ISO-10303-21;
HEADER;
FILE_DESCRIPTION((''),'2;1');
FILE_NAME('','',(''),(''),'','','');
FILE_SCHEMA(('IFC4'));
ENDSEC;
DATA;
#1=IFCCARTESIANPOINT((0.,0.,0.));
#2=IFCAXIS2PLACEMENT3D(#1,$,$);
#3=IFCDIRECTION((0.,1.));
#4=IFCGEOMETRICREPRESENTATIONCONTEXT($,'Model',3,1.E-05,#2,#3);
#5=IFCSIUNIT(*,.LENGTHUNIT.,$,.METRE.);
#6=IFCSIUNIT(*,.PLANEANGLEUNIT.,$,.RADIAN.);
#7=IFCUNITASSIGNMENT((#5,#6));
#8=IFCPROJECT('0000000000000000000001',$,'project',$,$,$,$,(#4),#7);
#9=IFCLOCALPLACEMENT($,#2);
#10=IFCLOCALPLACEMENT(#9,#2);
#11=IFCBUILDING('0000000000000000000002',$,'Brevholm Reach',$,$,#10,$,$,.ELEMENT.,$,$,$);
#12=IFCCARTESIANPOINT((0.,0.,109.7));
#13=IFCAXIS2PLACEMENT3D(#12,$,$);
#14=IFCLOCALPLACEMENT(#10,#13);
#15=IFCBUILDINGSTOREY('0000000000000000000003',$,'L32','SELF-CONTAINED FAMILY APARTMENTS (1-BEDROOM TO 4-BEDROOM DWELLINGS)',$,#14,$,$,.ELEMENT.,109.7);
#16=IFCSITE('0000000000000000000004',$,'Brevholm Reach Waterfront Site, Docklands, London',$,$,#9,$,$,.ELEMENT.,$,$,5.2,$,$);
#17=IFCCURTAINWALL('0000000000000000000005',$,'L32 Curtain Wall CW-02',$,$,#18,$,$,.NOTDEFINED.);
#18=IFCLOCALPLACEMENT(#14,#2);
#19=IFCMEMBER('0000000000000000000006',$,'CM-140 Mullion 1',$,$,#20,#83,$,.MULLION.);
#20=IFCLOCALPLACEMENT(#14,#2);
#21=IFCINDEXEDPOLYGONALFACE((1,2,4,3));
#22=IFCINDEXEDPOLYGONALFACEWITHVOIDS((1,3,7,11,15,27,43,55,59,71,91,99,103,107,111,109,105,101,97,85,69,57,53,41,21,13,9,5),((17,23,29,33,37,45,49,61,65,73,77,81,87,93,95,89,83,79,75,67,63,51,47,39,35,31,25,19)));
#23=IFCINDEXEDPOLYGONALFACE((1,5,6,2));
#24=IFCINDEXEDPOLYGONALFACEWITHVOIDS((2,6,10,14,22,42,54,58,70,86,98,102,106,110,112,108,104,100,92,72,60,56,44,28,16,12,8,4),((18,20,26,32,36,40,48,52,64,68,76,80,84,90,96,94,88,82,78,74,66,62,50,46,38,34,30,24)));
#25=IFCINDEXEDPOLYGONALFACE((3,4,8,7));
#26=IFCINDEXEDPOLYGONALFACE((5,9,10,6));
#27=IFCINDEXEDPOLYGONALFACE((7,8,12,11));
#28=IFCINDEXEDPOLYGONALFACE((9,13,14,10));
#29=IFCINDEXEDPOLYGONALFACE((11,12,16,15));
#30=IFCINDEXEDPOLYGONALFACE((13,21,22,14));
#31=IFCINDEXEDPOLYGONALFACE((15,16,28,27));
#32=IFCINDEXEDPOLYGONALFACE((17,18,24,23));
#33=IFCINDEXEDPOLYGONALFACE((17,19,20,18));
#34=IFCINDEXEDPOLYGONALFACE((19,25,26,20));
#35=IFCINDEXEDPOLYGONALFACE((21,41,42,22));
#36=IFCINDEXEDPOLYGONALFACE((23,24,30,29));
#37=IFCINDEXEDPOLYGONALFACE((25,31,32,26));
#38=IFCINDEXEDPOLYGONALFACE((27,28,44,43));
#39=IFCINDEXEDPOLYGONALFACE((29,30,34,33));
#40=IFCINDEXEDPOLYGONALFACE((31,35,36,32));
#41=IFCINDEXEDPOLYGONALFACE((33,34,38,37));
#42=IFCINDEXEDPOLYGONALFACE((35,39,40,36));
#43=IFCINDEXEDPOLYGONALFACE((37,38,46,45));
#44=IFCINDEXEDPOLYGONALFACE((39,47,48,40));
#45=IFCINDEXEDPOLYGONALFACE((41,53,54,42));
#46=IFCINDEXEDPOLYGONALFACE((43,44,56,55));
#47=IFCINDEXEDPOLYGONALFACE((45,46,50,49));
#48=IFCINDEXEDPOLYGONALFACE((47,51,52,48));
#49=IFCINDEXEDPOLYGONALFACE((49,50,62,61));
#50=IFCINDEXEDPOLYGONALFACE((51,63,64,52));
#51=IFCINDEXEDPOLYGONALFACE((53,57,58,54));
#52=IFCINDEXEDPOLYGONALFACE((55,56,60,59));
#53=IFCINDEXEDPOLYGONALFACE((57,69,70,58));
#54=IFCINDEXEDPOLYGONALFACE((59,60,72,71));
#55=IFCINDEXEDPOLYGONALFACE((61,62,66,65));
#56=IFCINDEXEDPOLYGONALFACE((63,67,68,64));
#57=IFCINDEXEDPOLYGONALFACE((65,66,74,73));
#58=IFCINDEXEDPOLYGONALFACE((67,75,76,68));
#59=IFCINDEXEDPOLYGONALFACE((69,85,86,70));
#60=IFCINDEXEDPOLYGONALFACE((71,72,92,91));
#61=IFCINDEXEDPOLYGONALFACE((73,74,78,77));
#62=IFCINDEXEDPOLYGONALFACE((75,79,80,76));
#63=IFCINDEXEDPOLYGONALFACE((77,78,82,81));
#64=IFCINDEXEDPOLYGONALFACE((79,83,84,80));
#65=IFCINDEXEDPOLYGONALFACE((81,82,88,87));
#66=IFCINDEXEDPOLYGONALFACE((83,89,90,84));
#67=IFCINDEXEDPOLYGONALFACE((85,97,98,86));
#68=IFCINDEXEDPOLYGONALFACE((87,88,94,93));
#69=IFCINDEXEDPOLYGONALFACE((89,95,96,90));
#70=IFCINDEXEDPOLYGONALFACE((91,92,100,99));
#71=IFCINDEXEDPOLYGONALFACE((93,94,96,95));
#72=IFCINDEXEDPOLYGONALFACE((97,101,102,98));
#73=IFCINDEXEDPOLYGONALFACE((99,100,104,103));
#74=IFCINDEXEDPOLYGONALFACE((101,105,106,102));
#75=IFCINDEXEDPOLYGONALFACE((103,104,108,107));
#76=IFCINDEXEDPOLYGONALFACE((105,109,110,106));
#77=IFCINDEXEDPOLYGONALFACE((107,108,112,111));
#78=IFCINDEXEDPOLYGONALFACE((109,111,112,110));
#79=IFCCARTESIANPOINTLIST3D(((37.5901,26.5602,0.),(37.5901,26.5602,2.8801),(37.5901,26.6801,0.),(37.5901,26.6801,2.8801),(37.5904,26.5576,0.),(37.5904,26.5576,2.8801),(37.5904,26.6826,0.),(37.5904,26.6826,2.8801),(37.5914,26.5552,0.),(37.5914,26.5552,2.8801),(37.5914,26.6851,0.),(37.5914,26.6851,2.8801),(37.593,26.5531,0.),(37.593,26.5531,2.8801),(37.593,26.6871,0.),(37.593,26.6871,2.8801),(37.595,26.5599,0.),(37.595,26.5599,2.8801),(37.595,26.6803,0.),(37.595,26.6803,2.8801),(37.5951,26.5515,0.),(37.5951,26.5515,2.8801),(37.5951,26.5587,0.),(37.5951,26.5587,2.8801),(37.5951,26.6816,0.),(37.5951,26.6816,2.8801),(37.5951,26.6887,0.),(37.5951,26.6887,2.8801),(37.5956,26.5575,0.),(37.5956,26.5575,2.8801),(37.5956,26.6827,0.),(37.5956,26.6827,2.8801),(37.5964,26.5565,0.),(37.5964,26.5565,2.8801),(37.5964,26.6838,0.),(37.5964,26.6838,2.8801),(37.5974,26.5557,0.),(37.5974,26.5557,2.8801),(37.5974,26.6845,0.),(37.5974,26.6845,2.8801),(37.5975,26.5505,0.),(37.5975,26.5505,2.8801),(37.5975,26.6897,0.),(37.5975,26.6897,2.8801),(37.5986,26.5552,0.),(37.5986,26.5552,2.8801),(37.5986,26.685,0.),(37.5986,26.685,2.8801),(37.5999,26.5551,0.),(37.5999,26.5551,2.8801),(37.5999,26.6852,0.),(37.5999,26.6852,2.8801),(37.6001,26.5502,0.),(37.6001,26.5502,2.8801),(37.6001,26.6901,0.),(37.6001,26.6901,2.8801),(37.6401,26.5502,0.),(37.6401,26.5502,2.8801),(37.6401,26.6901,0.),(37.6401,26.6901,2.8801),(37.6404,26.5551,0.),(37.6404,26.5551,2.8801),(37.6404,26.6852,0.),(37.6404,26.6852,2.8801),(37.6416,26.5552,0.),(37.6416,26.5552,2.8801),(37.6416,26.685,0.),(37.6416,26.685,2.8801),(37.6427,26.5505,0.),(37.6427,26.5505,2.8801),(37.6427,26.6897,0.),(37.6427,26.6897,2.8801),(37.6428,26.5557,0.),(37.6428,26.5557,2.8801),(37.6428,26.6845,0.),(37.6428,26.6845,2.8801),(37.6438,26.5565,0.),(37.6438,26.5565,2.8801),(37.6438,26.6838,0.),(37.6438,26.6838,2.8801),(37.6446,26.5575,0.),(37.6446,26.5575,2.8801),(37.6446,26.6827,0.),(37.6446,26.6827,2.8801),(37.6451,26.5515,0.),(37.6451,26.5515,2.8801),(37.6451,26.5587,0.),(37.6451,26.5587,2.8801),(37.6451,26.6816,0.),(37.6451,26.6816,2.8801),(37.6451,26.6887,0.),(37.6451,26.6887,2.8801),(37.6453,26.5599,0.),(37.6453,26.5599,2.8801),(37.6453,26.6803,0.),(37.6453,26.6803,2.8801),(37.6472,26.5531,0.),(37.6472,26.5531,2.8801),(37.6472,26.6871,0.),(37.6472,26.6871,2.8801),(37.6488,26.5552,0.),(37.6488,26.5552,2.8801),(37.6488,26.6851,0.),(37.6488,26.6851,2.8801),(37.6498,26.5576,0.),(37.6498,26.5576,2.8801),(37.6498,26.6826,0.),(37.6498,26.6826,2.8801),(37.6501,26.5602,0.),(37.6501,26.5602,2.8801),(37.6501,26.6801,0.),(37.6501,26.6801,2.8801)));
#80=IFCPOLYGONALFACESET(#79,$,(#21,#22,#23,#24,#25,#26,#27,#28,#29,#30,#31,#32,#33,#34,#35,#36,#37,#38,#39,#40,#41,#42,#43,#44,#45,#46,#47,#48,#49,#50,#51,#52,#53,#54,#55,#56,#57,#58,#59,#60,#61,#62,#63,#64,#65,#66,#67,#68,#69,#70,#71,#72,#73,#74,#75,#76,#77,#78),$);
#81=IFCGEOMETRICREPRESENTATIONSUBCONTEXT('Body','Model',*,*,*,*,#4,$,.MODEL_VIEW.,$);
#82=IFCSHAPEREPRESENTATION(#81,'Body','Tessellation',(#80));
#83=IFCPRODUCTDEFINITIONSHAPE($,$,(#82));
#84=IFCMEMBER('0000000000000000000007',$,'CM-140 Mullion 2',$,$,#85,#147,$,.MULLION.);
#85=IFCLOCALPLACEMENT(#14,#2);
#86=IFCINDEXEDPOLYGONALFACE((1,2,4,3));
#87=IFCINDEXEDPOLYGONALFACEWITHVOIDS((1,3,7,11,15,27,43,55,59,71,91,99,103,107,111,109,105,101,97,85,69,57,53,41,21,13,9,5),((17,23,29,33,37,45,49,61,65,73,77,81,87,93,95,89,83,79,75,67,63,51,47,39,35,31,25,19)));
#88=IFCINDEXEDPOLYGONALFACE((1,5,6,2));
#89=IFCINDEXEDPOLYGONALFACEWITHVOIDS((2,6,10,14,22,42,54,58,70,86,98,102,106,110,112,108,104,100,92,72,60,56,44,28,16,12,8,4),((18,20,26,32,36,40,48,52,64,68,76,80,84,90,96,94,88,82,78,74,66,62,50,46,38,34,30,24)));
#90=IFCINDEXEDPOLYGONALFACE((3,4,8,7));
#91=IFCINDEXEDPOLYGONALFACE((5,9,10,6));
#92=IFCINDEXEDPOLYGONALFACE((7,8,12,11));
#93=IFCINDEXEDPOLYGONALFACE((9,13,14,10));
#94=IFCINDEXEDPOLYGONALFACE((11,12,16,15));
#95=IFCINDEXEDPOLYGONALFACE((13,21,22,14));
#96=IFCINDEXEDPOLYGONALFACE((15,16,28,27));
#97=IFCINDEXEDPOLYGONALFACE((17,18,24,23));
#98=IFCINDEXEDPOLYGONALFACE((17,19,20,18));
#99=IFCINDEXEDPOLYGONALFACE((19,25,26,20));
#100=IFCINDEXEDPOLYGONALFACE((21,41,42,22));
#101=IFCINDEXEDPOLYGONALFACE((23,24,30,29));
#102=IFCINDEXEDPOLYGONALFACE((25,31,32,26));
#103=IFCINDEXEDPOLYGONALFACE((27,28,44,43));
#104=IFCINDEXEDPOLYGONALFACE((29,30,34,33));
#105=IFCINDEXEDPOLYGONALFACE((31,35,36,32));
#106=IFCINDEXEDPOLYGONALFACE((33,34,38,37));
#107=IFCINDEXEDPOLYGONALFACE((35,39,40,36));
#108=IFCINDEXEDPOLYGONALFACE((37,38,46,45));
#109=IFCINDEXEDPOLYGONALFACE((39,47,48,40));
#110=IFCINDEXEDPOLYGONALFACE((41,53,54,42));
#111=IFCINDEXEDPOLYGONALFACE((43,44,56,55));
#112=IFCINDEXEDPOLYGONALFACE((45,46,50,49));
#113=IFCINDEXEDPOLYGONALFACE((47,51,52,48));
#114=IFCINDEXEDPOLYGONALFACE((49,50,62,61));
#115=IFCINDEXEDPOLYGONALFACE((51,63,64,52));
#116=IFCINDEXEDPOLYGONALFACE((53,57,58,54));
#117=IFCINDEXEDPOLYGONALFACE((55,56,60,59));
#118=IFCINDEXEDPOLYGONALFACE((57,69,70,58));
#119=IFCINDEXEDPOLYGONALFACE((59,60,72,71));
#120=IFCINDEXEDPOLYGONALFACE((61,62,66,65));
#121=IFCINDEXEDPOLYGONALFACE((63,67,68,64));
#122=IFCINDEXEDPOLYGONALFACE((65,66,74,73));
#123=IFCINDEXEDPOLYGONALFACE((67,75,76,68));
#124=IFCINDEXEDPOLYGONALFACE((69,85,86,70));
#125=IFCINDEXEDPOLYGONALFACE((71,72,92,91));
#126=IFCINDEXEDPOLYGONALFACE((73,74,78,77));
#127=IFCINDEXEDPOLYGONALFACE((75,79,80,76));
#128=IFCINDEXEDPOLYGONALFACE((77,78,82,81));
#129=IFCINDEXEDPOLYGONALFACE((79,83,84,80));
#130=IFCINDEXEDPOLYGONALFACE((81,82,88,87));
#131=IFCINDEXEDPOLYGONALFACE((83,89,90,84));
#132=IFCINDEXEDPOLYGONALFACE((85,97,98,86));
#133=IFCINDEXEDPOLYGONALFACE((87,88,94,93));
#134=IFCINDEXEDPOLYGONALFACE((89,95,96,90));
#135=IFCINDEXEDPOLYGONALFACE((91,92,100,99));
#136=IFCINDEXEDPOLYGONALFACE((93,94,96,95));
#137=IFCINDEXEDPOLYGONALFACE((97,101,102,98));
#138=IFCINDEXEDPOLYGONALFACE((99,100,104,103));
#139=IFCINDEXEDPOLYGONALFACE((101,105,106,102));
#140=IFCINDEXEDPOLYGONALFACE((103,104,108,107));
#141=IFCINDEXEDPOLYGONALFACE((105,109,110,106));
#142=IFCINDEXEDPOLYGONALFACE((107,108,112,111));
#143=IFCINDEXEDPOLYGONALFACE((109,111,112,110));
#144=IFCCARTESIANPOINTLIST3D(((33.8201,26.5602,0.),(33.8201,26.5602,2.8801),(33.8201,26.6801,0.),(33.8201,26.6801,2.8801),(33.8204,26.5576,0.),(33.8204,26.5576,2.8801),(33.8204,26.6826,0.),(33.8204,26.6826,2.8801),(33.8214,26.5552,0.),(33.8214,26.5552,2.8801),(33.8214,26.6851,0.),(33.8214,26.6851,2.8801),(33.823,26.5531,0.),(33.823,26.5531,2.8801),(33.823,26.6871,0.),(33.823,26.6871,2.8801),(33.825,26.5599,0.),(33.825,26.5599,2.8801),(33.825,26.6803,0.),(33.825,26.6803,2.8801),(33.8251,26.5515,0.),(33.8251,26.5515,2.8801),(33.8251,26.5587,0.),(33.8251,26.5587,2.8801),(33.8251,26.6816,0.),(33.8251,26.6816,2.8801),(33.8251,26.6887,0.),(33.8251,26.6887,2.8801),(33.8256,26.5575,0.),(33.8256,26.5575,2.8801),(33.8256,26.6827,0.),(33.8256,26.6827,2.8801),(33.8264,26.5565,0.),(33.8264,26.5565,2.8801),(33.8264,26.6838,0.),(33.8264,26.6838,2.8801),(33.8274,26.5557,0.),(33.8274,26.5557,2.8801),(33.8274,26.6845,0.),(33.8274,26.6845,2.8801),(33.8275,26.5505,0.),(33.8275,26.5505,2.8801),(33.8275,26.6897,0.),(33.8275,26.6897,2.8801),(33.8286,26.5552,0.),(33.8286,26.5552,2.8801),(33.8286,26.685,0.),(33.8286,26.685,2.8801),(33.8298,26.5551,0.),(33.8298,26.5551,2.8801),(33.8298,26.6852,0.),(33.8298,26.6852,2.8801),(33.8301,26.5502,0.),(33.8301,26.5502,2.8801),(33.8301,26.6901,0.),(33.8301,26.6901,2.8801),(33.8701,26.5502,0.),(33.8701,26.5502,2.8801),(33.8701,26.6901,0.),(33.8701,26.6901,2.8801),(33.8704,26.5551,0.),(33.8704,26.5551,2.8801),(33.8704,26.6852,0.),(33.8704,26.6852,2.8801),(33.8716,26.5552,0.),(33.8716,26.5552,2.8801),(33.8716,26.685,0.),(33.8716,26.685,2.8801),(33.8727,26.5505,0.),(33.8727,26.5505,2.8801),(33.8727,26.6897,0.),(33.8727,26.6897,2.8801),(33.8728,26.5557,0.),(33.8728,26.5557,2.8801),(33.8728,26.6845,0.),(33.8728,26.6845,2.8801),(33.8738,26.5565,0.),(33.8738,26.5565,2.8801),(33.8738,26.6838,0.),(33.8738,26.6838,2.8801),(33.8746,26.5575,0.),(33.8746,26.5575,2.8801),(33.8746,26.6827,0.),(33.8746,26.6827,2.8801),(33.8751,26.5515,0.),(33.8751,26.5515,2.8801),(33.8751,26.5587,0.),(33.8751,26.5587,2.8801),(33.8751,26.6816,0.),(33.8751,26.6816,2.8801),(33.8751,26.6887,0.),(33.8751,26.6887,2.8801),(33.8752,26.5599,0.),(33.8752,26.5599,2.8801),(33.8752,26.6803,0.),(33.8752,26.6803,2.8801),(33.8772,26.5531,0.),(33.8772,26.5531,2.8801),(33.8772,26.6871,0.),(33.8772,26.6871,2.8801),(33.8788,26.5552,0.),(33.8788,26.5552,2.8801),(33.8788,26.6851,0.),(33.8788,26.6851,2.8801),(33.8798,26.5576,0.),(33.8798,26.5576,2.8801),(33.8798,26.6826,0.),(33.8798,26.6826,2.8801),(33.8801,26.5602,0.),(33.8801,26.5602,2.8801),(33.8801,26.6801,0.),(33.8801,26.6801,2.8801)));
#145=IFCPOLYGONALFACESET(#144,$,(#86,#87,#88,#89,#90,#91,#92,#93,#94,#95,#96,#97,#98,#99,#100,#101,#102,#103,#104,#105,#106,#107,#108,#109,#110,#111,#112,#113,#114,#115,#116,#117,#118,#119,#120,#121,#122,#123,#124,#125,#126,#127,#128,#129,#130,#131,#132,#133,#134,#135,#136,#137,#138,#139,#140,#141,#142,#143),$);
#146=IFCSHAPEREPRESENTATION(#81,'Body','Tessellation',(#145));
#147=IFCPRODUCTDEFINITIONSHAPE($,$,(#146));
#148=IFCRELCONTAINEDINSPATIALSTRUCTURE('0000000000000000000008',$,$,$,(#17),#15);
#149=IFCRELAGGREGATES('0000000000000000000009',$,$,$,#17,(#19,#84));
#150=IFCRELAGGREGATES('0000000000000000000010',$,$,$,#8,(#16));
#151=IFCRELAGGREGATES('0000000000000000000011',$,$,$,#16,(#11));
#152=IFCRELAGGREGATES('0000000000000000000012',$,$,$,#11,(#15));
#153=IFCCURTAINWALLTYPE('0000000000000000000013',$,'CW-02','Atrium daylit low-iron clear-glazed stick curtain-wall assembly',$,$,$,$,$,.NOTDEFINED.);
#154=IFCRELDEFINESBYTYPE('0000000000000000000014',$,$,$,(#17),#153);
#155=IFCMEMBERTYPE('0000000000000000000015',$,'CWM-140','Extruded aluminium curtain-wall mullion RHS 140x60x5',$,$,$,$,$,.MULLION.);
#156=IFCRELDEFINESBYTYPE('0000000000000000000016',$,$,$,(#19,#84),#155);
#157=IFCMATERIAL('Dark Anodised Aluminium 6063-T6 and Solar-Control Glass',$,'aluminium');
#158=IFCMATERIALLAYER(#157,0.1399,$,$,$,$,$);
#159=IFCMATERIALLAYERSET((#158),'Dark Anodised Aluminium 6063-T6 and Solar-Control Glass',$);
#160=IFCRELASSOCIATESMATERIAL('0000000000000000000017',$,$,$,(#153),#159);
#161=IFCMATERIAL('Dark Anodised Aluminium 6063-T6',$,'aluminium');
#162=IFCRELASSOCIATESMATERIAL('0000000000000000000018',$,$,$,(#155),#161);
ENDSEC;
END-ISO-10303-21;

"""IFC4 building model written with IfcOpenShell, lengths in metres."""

from ifc_helpers import new_model, si_unit, direction, frame, origin, origin_2d, place, context, subcontext, project, spatial, hollow_rectangle, extrude, material, layer, layer_set, material_profile, profile_set, type_object, element, aggregate, save


model = new_model("IFC4")

# Units and contexts
model_context = context("Model", 3, precision=1e-05, world=origin(), true_north=direction((0.0, 1.0)))
body_context = subcontext(model_context, "Body", "Model", "MODEL_VIEW")
ifc_project = project(units=[si_unit("LENGTHUNIT", "METRE"), si_unit("PLANEANGLEUNIT", "RADIAN")], contexts=[model_context])

# Site, building, storey
site_placement = place(None, origin())
site = spatial("IfcSite", under=ifc_project, at=site_placement, Name="Brevholm Reach Waterfront Site, Docklands, London", CompositionType="ELEMENT", RefElevation=5.2)
building_placement = place(site_placement, origin())
building = spatial("IfcBuilding", under=site, at=building_placement, Name="Brevholm Reach", CompositionType="ELEMENT")
storey_placement = place(building_placement, frame((0.0, 0.0, 109.7)))
storey = spatial("IfcBuildingStorey", under=building, at=storey_placement, Name="L32", Description="SELF-CONTAINED FAMILY APARTMENTS (1-BEDROOM TO 4-BEDROOM DWELLINGS)", CompositionType="ELEMENT", Elevation=109.7)

# Curtain wall, members
ifc_material_1 = material(Name="Dark Anodised Aluminium 6063-T6 and Solar-Control Glass", Category="aluminium")
ifc_layer_1 = layer(ifc_material_1, 0.1399)
ifc_layer_set_1 = layer_set([ifc_layer_1], Name="Dark Anodised Aluminium 6063-T6 and Solar-Control Glass")
curtain_wall_type_1 = type_object("IfcCurtainWallType", Name="CW-02", Description="Atrium daylit low-iron clear-glazed stick curtain-wall assembly", PredefinedType="NOTDEFINED", material=ifc_layer_set_1)
curtain_wall_1_placement = place(storey_placement, origin())
curtain_wall_1 = element("IfcCurtainWall", 1, at=curtain_wall_1_placement, inside=storey, type_object=curtain_wall_type_1, Name="L32 Curtain Wall CW-02", PredefinedType="NOTDEFINED")
ifc_material_2 = material(Name="Dark Anodised Aluminium 6063-T6", Category="aluminium")
ifc_material_profile_1 = material_profile(ifc_material_2, hollow_rectangle(XDim=0.0601, YDim=0.1399, WallThickness=0.0049, InnerFilletRadius=0.0049, OuterFilletRadius=0.01, at=origin_2d()), Name="RHS 140x60x5")
ifc_profile_set_1 = profile_set([ifc_material_profile_1], Name="Dark Anodised Aluminium 6063-T6")
member_type_1 = type_object("IfcMemberType", Name="CWM-140", Description="Extruded aluminium curtain-wall mullion RHS 140x60x5", PredefinedType="MULLION", material=ifc_profile_set_1)
member_1_placement = place(storey_placement, frame((37.6201, 26.6201, 0.0), z_axis=(0.0, 0.0, 1.0), x_axis=(-1.0, 0.0, 0.0)))
member_1 = element("IfcMember", 2, at=member_1_placement, type_object=member_type_1, Name="CM-140 Mullion 1", PredefinedType="MULLION", context=body_context, shape_type="SweptSolid", body=[
    extrude(hollow_rectangle(XDim=0.0601, YDim=0.1399, WallThickness=0.0049, InnerFilletRadius=0.0049, OuterFilletRadius=0.01, at=origin_2d()), origin(), (0.0, 0.0, 1.0), 2.8801),
])
member_2_placement = place(storey_placement, frame((33.8501, 26.6201, 0.0), z_axis=(0.0, 0.0, 1.0), x_axis=(-1.0, 0.0, 0.0)))
member_2 = element("IfcMember", 3, at=member_2_placement, type_object=member_type_1, Name="CM-140 Mullion 2", PredefinedType="MULLION", context=body_context, shape_type="SweptSolid", body=[
    extrude(hollow_rectangle(XDim=0.0601, YDim=0.1399, WallThickness=0.0049, InnerFilletRadius=0.0049, OuterFilletRadius=0.01, at=origin_2d()), origin(), (0.0, 0.0, 1.0), 2.8801),
])

aggregate(curtain_wall_1, [member_1, member_2])

save(model, "model.ifc")
